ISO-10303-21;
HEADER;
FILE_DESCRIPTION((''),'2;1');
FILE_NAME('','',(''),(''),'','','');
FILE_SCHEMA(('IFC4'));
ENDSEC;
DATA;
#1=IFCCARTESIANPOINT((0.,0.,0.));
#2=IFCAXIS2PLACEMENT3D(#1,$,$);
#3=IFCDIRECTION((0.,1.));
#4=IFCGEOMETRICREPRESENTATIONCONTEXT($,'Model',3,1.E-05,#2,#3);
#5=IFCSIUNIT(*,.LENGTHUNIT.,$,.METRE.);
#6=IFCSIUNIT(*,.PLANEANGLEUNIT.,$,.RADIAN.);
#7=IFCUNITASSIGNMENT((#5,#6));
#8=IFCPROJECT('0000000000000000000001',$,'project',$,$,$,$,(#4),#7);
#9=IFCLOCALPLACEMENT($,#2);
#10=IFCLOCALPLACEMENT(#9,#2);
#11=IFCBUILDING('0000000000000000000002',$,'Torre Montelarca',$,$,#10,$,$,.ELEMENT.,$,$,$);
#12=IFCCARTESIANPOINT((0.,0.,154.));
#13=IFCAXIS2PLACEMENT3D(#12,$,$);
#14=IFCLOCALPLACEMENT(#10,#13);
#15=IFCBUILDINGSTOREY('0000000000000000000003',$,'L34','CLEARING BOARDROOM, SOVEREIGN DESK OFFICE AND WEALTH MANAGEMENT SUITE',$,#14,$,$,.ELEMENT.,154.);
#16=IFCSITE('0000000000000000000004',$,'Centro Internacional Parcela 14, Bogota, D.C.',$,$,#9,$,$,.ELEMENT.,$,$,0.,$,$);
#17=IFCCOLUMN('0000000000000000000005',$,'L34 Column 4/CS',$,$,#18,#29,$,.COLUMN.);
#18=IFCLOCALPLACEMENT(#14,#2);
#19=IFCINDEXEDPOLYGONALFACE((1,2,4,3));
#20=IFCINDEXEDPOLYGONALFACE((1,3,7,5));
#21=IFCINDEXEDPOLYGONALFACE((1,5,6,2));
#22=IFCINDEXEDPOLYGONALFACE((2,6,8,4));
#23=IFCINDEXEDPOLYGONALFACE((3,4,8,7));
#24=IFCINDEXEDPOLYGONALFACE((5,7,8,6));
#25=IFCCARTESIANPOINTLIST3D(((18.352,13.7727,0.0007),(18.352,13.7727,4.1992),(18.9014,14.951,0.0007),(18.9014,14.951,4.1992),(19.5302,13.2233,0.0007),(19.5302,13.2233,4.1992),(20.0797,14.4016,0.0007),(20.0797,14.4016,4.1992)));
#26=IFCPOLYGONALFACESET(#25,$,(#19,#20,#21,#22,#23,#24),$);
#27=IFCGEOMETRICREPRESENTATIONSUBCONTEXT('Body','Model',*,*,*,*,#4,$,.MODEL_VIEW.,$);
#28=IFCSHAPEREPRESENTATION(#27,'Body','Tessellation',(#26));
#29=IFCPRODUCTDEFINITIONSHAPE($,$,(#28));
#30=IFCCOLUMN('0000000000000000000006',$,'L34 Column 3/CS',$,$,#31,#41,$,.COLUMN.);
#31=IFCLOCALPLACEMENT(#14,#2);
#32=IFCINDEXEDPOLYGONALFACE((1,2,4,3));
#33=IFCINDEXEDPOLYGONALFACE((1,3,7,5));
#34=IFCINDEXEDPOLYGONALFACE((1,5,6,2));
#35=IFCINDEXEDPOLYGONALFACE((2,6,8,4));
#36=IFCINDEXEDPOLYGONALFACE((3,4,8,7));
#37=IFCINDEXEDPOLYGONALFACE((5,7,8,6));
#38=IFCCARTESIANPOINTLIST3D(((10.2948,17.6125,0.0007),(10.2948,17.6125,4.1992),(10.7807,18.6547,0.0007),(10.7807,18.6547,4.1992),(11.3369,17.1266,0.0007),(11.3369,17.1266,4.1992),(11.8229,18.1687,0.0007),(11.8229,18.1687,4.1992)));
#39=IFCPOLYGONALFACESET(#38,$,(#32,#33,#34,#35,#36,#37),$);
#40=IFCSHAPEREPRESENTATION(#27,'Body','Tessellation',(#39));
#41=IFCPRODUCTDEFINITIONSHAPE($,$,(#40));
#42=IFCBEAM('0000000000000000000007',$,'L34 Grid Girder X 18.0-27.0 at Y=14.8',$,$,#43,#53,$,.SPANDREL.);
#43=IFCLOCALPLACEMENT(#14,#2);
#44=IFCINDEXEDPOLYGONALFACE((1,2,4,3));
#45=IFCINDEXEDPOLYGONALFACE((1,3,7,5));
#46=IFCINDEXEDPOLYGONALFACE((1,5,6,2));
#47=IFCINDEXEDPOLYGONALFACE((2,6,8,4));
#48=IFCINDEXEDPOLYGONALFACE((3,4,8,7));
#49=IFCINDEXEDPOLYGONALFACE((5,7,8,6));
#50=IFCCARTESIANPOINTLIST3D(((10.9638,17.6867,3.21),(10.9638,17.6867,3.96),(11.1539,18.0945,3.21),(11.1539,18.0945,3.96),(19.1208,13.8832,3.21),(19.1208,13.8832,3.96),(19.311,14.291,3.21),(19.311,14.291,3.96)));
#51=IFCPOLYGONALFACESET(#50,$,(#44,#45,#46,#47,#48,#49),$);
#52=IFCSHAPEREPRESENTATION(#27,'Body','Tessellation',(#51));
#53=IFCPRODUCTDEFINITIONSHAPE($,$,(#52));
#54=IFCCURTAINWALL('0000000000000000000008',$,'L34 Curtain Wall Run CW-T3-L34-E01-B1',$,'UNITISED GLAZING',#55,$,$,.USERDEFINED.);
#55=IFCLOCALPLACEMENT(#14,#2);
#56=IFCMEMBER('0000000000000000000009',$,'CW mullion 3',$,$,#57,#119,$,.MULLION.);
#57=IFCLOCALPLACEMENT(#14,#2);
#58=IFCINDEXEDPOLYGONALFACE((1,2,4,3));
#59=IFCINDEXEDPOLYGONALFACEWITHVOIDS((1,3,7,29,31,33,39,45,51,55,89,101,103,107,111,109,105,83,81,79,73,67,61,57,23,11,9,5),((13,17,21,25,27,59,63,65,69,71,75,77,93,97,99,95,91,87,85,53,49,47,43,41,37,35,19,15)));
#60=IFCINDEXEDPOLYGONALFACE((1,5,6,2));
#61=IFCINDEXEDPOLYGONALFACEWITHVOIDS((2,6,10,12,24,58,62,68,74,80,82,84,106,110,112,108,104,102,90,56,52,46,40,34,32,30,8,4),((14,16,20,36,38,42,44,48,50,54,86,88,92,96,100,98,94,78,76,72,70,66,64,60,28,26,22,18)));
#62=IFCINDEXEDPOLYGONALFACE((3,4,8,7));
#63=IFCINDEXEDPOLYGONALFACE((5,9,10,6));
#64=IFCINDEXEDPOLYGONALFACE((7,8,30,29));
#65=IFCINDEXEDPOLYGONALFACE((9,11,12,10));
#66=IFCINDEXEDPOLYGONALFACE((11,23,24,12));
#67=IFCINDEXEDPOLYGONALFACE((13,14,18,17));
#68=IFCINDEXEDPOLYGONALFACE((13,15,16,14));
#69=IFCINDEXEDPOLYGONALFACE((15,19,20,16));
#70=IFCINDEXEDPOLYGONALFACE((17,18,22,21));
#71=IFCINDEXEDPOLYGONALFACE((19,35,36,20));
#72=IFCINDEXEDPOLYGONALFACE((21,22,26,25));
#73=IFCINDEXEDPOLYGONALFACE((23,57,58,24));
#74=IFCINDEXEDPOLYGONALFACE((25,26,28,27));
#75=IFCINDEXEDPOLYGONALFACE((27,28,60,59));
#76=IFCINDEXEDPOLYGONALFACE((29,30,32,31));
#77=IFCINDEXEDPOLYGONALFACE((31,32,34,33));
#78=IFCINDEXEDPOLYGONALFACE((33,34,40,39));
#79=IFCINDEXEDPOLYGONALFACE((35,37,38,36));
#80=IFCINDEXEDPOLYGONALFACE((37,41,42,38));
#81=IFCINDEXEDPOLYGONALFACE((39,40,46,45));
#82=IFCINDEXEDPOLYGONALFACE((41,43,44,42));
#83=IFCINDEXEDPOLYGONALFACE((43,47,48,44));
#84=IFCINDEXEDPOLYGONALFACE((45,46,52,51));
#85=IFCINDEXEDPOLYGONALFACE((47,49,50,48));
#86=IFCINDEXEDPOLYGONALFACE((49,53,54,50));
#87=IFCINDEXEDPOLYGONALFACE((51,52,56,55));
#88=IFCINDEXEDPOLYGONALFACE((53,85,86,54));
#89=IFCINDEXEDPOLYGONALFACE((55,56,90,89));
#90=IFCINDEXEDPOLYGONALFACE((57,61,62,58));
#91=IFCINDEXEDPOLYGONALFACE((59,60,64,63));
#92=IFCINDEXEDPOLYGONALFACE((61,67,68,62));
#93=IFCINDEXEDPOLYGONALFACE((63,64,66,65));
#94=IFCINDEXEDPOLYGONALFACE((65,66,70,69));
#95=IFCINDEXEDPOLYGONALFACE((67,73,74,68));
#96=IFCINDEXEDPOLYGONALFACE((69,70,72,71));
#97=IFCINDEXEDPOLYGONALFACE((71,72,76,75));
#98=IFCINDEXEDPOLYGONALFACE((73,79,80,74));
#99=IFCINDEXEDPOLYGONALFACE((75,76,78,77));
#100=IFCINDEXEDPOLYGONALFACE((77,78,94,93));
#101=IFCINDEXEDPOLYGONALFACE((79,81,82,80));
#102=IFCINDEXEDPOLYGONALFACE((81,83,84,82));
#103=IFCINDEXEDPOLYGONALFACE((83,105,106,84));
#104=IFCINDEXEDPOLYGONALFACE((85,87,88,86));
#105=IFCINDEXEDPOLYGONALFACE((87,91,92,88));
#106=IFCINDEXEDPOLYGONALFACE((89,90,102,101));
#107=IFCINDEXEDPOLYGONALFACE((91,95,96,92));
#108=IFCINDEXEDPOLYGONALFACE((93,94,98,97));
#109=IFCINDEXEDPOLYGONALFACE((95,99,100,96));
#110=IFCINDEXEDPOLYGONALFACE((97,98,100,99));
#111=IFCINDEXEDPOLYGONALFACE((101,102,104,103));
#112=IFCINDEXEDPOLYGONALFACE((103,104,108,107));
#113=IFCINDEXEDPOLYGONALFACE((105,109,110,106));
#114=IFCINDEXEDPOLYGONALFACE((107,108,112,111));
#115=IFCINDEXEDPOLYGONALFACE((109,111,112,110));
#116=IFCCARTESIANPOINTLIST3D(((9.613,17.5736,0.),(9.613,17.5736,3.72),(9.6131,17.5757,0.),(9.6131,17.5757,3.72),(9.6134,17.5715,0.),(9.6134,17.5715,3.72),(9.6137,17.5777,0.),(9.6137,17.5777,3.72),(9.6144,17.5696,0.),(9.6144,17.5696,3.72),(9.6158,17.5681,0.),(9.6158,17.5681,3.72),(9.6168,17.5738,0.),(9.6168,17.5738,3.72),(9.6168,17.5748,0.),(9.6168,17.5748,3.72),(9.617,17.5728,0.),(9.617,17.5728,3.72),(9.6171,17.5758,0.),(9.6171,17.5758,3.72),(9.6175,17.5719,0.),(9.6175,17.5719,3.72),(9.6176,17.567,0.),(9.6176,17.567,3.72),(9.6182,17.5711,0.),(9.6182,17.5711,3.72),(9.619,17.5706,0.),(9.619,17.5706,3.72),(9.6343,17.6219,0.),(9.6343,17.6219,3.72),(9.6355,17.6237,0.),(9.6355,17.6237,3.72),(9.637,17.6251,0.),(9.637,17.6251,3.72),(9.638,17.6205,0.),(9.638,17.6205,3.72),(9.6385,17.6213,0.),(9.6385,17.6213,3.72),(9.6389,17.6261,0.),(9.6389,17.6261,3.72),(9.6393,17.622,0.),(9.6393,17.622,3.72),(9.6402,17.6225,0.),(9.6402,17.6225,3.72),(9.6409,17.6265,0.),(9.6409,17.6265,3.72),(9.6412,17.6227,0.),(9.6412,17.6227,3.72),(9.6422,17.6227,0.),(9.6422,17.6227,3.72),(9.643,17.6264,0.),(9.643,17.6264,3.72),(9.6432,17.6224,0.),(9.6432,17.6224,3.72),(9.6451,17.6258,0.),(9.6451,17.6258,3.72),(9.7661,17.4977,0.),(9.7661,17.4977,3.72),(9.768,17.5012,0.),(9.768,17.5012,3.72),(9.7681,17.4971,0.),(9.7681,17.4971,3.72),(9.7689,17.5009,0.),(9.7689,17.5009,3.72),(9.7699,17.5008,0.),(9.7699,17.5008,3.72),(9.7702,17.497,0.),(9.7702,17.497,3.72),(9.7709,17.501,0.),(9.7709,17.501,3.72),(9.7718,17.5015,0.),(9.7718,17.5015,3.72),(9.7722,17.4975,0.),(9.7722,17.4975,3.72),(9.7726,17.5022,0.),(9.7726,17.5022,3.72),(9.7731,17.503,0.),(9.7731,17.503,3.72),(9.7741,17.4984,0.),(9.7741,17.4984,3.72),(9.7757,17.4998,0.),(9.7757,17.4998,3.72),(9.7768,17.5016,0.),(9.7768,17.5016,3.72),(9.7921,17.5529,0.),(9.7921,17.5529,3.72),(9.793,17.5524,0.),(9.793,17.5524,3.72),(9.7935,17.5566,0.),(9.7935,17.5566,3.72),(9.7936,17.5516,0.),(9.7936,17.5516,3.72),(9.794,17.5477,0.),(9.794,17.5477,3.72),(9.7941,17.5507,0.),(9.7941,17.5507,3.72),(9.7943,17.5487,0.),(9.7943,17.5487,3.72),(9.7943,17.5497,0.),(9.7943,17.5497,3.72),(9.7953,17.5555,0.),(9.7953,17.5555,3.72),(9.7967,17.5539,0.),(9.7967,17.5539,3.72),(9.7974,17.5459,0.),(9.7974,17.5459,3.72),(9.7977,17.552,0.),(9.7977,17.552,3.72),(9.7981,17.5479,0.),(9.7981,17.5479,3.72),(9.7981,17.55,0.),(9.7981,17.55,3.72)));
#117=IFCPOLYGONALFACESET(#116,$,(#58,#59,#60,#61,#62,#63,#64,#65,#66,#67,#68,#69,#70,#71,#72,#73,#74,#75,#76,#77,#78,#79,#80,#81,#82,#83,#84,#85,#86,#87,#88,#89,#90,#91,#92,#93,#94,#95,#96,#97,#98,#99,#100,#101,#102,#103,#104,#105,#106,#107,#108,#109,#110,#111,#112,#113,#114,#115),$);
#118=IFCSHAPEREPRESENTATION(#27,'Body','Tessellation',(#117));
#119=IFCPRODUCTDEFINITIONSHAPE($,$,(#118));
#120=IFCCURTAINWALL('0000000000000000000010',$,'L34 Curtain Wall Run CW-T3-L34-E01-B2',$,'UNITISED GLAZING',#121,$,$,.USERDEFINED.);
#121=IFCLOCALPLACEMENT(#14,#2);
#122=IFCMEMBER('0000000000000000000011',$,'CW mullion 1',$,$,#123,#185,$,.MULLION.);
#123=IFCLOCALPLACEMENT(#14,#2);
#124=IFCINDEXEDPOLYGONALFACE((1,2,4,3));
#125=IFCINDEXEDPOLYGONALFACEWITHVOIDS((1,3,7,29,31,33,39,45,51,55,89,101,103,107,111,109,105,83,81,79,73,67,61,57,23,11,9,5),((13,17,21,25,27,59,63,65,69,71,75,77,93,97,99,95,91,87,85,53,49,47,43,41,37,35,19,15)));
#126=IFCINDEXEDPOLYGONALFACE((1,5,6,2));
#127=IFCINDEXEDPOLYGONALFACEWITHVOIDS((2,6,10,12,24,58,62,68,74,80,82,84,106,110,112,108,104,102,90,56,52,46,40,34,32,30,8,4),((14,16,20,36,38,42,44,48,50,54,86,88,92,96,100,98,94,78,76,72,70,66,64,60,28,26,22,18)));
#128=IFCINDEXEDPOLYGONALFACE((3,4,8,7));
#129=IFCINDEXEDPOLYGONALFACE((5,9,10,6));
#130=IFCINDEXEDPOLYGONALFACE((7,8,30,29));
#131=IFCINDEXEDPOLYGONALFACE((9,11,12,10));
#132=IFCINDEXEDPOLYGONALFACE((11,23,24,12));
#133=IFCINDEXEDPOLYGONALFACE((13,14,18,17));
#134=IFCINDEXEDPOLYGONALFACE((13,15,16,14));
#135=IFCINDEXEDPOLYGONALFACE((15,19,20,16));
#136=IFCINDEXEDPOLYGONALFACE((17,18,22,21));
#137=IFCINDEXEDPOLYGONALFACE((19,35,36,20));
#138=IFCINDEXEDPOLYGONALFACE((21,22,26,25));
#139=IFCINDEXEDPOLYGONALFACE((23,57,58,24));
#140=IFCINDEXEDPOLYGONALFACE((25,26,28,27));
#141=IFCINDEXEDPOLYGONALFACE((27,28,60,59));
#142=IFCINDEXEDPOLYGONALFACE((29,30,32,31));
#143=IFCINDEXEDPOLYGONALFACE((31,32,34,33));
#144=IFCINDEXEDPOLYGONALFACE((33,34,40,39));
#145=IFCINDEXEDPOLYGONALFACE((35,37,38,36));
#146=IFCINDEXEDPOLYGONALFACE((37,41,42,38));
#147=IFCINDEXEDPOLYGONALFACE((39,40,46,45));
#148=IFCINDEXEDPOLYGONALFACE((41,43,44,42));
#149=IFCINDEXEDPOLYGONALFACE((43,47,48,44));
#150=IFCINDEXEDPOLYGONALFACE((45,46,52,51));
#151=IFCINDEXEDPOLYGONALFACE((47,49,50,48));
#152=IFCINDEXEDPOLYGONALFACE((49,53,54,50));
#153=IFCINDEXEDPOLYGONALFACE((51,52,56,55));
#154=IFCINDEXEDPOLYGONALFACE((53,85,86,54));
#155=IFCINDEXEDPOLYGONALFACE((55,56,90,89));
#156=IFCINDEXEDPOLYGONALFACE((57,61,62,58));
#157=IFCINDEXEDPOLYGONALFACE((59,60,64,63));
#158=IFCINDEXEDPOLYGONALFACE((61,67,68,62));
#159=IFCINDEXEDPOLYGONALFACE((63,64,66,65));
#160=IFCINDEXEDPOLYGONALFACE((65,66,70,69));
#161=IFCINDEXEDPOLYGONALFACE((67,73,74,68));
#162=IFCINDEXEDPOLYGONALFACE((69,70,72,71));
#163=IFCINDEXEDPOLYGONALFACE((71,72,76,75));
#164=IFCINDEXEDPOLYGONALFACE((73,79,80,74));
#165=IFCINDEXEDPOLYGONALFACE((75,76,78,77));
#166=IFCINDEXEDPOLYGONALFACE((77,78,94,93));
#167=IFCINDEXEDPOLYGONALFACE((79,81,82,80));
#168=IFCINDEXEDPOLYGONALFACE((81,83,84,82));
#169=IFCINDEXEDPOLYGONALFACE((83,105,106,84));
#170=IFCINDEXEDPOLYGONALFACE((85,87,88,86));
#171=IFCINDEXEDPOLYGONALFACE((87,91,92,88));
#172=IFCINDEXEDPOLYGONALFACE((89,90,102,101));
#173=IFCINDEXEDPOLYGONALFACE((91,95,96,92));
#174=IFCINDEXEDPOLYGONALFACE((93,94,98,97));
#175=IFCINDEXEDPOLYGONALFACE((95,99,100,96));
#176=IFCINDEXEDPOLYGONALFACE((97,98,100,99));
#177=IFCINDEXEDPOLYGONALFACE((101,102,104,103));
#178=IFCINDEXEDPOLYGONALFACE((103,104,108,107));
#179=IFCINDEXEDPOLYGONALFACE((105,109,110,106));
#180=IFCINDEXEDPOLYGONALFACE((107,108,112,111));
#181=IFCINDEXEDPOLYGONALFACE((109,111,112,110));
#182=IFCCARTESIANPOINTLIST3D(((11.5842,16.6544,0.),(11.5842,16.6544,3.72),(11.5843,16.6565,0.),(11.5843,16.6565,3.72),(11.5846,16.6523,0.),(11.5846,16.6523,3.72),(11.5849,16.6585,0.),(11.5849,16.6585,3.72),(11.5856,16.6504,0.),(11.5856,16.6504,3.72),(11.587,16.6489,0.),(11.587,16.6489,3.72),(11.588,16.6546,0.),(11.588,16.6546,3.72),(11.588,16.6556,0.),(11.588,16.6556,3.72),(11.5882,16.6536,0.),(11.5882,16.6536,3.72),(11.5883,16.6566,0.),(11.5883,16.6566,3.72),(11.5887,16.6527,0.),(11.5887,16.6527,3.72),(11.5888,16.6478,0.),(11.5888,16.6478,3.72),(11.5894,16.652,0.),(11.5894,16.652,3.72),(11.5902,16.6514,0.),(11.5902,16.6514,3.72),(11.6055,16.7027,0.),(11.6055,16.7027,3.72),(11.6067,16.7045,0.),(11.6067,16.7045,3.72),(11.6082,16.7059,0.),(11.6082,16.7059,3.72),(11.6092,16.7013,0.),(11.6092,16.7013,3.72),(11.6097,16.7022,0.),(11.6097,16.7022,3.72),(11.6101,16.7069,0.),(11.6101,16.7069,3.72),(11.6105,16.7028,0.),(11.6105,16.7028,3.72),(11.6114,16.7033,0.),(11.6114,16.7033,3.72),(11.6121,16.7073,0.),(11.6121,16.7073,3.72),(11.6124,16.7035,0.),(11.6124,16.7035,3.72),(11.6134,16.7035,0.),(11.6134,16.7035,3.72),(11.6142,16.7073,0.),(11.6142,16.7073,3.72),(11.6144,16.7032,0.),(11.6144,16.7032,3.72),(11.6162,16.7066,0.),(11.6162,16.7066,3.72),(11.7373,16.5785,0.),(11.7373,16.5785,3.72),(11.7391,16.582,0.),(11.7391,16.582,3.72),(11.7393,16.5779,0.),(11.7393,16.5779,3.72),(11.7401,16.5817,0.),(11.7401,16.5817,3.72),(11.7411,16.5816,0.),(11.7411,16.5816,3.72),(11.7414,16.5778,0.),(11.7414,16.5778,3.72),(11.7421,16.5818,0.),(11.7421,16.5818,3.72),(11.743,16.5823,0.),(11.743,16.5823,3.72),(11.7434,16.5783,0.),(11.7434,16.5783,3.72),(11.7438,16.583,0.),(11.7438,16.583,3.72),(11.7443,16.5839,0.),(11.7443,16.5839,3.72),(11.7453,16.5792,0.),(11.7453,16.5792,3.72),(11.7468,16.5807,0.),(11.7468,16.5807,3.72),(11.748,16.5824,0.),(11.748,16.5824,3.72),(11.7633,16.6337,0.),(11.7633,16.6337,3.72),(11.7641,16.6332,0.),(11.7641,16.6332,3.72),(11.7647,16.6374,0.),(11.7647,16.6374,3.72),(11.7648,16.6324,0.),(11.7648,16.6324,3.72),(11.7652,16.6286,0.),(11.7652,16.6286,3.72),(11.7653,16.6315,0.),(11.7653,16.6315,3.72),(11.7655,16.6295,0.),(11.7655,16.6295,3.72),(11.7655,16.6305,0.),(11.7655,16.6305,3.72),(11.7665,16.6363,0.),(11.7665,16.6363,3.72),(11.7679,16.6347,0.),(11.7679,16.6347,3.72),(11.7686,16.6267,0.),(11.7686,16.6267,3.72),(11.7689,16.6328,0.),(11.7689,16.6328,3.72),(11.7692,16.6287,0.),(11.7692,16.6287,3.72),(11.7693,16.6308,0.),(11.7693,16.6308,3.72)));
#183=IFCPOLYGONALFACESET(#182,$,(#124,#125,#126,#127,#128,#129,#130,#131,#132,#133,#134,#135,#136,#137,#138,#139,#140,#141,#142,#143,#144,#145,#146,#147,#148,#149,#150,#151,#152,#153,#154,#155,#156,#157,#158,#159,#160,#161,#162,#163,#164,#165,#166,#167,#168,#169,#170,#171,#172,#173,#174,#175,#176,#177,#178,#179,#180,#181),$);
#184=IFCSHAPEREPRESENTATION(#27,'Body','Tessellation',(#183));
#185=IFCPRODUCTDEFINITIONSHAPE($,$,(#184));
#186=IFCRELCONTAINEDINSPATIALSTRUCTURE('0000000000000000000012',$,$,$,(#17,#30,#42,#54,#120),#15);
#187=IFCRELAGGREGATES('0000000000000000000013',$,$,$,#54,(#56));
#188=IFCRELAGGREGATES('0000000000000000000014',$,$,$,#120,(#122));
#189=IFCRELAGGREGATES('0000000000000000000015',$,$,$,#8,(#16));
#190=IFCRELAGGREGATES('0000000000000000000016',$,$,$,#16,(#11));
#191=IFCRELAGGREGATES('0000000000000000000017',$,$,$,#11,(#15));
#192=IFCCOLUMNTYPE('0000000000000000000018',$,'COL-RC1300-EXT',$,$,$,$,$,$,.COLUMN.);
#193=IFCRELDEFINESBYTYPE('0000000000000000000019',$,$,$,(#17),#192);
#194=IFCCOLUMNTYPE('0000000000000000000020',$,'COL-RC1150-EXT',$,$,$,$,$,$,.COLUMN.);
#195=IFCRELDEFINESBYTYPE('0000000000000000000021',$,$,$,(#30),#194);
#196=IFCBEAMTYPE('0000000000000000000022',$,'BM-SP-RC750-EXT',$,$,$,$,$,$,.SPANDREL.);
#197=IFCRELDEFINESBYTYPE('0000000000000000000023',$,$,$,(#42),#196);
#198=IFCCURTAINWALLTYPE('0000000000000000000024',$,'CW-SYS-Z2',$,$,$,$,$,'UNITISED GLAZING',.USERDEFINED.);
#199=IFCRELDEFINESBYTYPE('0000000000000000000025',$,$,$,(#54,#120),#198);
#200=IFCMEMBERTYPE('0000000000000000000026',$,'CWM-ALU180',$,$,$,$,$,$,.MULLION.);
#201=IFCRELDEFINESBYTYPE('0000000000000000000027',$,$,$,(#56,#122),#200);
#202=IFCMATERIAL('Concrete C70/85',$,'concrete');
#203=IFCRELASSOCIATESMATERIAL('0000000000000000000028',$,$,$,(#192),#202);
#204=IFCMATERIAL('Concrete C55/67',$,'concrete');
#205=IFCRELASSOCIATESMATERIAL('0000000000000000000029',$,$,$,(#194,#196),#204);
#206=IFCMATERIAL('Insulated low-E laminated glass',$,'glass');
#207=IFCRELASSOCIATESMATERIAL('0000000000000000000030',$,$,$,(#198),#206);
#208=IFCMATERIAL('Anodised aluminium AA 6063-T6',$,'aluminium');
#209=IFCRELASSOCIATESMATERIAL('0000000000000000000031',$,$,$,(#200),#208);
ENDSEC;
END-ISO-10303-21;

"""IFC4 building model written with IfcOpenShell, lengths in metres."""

from ifc_helpers import new_model, si_unit, direction, frame, origin, origin_2d, place, context, subcontext, project, spatial, rectangle, hollow_rectangle, extrude, source, transform, mapped, material, material_profile, profile_set, type_object, element, aggregate, save


model = new_model("IFC4")

# Units and contexts
model_context = context("Model", 3, precision=1e-05, world=origin(), true_north=direction((0.0, 1.0)))
body_context = subcontext(model_context, "Body", "Model", "MODEL_VIEW")
ifc_project = project(units=[si_unit("LENGTHUNIT", "METRE"), si_unit("PLANEANGLEUNIT", "RADIAN")], contexts=[model_context])

# Site, building, storey
site_placement = place(None, origin())
site = spatial("IfcSite", under=ifc_project, at=site_placement, Name="Centro Internacional Parcela 14, Bogota, D.C.", CompositionType="ELEMENT", RefElevation=0.0)
building_placement = place(site_placement, origin())
building = spatial("IfcBuilding", under=site, at=building_placement, Name="Torre Montelarca", CompositionType="ELEMENT")
storey_placement = place(building_placement, frame((0.0, 0.0, 154.0)))
storey = spatial("IfcBuildingStorey", under=building, at=storey_placement, Name="L34", Description="CLEARING BOARDROOM, SOVEREIGN DESK OFFICE AND WEALTH MANAGEMENT SUITE", CompositionType="ELEMENT", Elevation=154.0)

# Columns
ifc_material_1 = material(Name="Concrete C70/85", Category="concrete")
ifc_material_profile_1 = material_profile(ifc_material_1, rectangle(XDim=1.3, YDim=1.3, at=origin_2d()), Name="RC1300X1300", Category="concrete")
ifc_profile_set_1 = profile_set([ifc_material_profile_1], Name="Concrete C70/85")
column_type_1 = type_object("IfcColumnType", Name="COL-RC1300-EXT", PredefinedType="COLUMN", material=ifc_profile_set_1)
shared_shape_1 = source(origin(), body_context, "Body", "SweptSolid", [
    extrude(rectangle(XDim=1.3, YDim=1.3, at=origin_2d()), origin(), (0.0, 0.0, 1.0), 4.1985),
])
column_1_placement = place(storey_placement, frame((19.2158, 14.0872, 0.0007), z_axis=(0.0, 0.0, 1.0), x_axis=(-0.906308, 0.422618, 0.0)))
element("IfcColumn", 1, at=column_1_placement, inside=storey, type_object=column_type_1, Name="L34 Column 4/CS", PredefinedType="COLUMN", context=body_context, shape_type="MappedRepresentation", body=[
    mapped(shared_shape_1, transform((0.0, 0.0, 0.0), scale=1.0)),
])
ifc_material_2 = material(Name="Concrete C55/67", Category="concrete")
ifc_material_profile_2 = material_profile(ifc_material_2, rectangle(XDim=1.1499, YDim=1.1499, at=origin_2d()), Name="RC1150X1150", Category="concrete")
ifc_profile_set_2 = profile_set([ifc_material_profile_2], Name="Concrete C55/67")
column_type_2 = type_object("IfcColumnType", Name="COL-RC1150-EXT", PredefinedType="COLUMN", material=ifc_profile_set_2)
shared_shape_2 = source(origin(), body_context, "Body", "SweptSolid", [
    extrude(rectangle(XDim=1.1499, YDim=1.1499, at=origin_2d()), origin(), (0.0, 0.0, 1.0), 4.1985),
])
column_2_placement = place(storey_placement, frame((11.0588, 17.8906, 0.0007), z_axis=(0.0, 0.0, 1.0), x_axis=(-0.906308, 0.422618, 0.0)))
element("IfcColumn", 2, at=column_2_placement, inside=storey, type_object=column_type_2, Name="L34 Column 3/CS", PredefinedType="COLUMN", context=body_context, shape_type="MappedRepresentation", body=[
    mapped(shared_shape_2, transform((0.0, 0.0, 0.0), scale=1.0)),
])

# Beam
ifc_material_profile_3 = material_profile(ifc_material_2, rectangle(XDim=0.45, YDim=0.75, at=origin_2d()), Name="RCB450X750", Category="concrete")
ifc_profile_set_3 = profile_set([ifc_material_profile_3], Name="Concrete C55/67")
beam_type = type_object("IfcBeamType", Name="BM-SP-RC750-EXT", PredefinedType="SPANDREL", material=ifc_profile_set_3)
shared_shape_3 = source(origin(), body_context, "Body", "SweptSolid", [
    extrude(rectangle(XDim=0.45, YDim=0.75, at=origin_2d()), origin(), (0.0, 0.0, 1.0), 9.0002),
])
beam_placement = place(storey_placement, frame((11.0588, 17.8906, 3.585), z_axis=(0.906316, -0.4226, 0.0), x_axis=(0.4226, 0.906316, 0.0)))
element("IfcBeam", 3, at=beam_placement, inside=storey, type_object=beam_type, Name="L34 Grid Girder X 18.0-27.0 at Y=14.8", PredefinedType="SPANDREL", context=body_context, shape_type="MappedRepresentation", body=[
    mapped(shared_shape_3, transform((0.0, 0.0, 0.0), scale=1.0)),
])

# Curtain wall, member
ifc_material_3 = material(Name="Insulated low-E laminated glass", Category="glass")
curtain_wall_type = type_object("IfcCurtainWallType", Name="CW-SYS-Z2", ElementType="UNITISED GLAZING", PredefinedType="USERDEFINED", material=ifc_material_3)
curtain_wall_1_placement = place(storey_placement, origin())
curtain_wall_1 = element("IfcCurtainWall", 4, at=curtain_wall_1_placement, inside=storey, type_object=curtain_wall_type, Name="L34 Curtain Wall Run CW-T3-L34-E01-B1", ObjectType="UNITISED GLAZING", PredefinedType="USERDEFINED")
ifc_material_4 = material(Name="Anodised aluminium AA 6063-T6", Category="aluminium")
ifc_material_profile_4 = material_profile(ifc_material_4, hollow_rectangle(XDim=0.0649, YDim=0.1799, WallThickness=0.0039, InnerFilletRadius=0.0039, OuterFilletRadius=0.0081, at=origin_2d()), Name="ALU65X180X4", Category="aluminium")
ifc_profile_set_4 = profile_set([ifc_material_profile_4], Name="Anodised aluminium AA 6063-T6")
member_type_1 = type_object("IfcMemberType", Name="CWM-ALU180", PredefinedType="MULLION", material=ifc_profile_set_4)
shared_shape_4 = source(origin(), body_context, "Body", "SweptSolid", [
    extrude(hollow_rectangle(XDim=0.0649, YDim=0.1799, WallThickness=0.0039, InnerFilletRadius=0.0039, OuterFilletRadius=0.0081, at=origin_2d()), origin(), (0.0, 0.0, 1.0), 3.72),
])
member_1_placement = place(storey_placement, frame((9.7056, 17.5618, 0.0), z_axis=(0.0, 0.0, 1.0), x_axis=(0.422611, 0.906311, 0.0)))
member_1 = element("IfcMember", 5, at=member_1_placement, type_object=member_type_1, Name="CW mullion 3", PredefinedType="MULLION", context=body_context, shape_type="MappedRepresentation", body=[
    mapped(shared_shape_4, transform((0.0, 0.0, 0.0), scale=1.0)),
])

# Curtain wall, member
curtain_wall_2_placement = place(storey_placement, origin())
curtain_wall_2 = element("IfcCurtainWall", 6, at=curtain_wall_2_placement, inside=storey, type_object=curtain_wall_type, Name="L34 Curtain Wall Run CW-T3-L34-E01-B2", ObjectType="UNITISED GLAZING", PredefinedType="USERDEFINED")
member_2_placement = place(storey_placement, frame((11.6768, 16.6426, 0.0), z_axis=(0.0, 0.0, 1.0), x_axis=(0.422612, 0.906311, 0.0)))
member_2 = element("IfcMember", 7, at=member_2_placement, type_object=member_type_1, Name="CW mullion 1", PredefinedType="MULLION", context=body_context, shape_type="MappedRepresentation", body=[
    mapped(shared_shape_4, transform((0.0, 0.0, 0.0), scale=1.0)),
])

aggregate(curtain_wall_1, [member_1])
aggregate(curtain_wall_2, [member_2])

save(model, "model.ifc")
